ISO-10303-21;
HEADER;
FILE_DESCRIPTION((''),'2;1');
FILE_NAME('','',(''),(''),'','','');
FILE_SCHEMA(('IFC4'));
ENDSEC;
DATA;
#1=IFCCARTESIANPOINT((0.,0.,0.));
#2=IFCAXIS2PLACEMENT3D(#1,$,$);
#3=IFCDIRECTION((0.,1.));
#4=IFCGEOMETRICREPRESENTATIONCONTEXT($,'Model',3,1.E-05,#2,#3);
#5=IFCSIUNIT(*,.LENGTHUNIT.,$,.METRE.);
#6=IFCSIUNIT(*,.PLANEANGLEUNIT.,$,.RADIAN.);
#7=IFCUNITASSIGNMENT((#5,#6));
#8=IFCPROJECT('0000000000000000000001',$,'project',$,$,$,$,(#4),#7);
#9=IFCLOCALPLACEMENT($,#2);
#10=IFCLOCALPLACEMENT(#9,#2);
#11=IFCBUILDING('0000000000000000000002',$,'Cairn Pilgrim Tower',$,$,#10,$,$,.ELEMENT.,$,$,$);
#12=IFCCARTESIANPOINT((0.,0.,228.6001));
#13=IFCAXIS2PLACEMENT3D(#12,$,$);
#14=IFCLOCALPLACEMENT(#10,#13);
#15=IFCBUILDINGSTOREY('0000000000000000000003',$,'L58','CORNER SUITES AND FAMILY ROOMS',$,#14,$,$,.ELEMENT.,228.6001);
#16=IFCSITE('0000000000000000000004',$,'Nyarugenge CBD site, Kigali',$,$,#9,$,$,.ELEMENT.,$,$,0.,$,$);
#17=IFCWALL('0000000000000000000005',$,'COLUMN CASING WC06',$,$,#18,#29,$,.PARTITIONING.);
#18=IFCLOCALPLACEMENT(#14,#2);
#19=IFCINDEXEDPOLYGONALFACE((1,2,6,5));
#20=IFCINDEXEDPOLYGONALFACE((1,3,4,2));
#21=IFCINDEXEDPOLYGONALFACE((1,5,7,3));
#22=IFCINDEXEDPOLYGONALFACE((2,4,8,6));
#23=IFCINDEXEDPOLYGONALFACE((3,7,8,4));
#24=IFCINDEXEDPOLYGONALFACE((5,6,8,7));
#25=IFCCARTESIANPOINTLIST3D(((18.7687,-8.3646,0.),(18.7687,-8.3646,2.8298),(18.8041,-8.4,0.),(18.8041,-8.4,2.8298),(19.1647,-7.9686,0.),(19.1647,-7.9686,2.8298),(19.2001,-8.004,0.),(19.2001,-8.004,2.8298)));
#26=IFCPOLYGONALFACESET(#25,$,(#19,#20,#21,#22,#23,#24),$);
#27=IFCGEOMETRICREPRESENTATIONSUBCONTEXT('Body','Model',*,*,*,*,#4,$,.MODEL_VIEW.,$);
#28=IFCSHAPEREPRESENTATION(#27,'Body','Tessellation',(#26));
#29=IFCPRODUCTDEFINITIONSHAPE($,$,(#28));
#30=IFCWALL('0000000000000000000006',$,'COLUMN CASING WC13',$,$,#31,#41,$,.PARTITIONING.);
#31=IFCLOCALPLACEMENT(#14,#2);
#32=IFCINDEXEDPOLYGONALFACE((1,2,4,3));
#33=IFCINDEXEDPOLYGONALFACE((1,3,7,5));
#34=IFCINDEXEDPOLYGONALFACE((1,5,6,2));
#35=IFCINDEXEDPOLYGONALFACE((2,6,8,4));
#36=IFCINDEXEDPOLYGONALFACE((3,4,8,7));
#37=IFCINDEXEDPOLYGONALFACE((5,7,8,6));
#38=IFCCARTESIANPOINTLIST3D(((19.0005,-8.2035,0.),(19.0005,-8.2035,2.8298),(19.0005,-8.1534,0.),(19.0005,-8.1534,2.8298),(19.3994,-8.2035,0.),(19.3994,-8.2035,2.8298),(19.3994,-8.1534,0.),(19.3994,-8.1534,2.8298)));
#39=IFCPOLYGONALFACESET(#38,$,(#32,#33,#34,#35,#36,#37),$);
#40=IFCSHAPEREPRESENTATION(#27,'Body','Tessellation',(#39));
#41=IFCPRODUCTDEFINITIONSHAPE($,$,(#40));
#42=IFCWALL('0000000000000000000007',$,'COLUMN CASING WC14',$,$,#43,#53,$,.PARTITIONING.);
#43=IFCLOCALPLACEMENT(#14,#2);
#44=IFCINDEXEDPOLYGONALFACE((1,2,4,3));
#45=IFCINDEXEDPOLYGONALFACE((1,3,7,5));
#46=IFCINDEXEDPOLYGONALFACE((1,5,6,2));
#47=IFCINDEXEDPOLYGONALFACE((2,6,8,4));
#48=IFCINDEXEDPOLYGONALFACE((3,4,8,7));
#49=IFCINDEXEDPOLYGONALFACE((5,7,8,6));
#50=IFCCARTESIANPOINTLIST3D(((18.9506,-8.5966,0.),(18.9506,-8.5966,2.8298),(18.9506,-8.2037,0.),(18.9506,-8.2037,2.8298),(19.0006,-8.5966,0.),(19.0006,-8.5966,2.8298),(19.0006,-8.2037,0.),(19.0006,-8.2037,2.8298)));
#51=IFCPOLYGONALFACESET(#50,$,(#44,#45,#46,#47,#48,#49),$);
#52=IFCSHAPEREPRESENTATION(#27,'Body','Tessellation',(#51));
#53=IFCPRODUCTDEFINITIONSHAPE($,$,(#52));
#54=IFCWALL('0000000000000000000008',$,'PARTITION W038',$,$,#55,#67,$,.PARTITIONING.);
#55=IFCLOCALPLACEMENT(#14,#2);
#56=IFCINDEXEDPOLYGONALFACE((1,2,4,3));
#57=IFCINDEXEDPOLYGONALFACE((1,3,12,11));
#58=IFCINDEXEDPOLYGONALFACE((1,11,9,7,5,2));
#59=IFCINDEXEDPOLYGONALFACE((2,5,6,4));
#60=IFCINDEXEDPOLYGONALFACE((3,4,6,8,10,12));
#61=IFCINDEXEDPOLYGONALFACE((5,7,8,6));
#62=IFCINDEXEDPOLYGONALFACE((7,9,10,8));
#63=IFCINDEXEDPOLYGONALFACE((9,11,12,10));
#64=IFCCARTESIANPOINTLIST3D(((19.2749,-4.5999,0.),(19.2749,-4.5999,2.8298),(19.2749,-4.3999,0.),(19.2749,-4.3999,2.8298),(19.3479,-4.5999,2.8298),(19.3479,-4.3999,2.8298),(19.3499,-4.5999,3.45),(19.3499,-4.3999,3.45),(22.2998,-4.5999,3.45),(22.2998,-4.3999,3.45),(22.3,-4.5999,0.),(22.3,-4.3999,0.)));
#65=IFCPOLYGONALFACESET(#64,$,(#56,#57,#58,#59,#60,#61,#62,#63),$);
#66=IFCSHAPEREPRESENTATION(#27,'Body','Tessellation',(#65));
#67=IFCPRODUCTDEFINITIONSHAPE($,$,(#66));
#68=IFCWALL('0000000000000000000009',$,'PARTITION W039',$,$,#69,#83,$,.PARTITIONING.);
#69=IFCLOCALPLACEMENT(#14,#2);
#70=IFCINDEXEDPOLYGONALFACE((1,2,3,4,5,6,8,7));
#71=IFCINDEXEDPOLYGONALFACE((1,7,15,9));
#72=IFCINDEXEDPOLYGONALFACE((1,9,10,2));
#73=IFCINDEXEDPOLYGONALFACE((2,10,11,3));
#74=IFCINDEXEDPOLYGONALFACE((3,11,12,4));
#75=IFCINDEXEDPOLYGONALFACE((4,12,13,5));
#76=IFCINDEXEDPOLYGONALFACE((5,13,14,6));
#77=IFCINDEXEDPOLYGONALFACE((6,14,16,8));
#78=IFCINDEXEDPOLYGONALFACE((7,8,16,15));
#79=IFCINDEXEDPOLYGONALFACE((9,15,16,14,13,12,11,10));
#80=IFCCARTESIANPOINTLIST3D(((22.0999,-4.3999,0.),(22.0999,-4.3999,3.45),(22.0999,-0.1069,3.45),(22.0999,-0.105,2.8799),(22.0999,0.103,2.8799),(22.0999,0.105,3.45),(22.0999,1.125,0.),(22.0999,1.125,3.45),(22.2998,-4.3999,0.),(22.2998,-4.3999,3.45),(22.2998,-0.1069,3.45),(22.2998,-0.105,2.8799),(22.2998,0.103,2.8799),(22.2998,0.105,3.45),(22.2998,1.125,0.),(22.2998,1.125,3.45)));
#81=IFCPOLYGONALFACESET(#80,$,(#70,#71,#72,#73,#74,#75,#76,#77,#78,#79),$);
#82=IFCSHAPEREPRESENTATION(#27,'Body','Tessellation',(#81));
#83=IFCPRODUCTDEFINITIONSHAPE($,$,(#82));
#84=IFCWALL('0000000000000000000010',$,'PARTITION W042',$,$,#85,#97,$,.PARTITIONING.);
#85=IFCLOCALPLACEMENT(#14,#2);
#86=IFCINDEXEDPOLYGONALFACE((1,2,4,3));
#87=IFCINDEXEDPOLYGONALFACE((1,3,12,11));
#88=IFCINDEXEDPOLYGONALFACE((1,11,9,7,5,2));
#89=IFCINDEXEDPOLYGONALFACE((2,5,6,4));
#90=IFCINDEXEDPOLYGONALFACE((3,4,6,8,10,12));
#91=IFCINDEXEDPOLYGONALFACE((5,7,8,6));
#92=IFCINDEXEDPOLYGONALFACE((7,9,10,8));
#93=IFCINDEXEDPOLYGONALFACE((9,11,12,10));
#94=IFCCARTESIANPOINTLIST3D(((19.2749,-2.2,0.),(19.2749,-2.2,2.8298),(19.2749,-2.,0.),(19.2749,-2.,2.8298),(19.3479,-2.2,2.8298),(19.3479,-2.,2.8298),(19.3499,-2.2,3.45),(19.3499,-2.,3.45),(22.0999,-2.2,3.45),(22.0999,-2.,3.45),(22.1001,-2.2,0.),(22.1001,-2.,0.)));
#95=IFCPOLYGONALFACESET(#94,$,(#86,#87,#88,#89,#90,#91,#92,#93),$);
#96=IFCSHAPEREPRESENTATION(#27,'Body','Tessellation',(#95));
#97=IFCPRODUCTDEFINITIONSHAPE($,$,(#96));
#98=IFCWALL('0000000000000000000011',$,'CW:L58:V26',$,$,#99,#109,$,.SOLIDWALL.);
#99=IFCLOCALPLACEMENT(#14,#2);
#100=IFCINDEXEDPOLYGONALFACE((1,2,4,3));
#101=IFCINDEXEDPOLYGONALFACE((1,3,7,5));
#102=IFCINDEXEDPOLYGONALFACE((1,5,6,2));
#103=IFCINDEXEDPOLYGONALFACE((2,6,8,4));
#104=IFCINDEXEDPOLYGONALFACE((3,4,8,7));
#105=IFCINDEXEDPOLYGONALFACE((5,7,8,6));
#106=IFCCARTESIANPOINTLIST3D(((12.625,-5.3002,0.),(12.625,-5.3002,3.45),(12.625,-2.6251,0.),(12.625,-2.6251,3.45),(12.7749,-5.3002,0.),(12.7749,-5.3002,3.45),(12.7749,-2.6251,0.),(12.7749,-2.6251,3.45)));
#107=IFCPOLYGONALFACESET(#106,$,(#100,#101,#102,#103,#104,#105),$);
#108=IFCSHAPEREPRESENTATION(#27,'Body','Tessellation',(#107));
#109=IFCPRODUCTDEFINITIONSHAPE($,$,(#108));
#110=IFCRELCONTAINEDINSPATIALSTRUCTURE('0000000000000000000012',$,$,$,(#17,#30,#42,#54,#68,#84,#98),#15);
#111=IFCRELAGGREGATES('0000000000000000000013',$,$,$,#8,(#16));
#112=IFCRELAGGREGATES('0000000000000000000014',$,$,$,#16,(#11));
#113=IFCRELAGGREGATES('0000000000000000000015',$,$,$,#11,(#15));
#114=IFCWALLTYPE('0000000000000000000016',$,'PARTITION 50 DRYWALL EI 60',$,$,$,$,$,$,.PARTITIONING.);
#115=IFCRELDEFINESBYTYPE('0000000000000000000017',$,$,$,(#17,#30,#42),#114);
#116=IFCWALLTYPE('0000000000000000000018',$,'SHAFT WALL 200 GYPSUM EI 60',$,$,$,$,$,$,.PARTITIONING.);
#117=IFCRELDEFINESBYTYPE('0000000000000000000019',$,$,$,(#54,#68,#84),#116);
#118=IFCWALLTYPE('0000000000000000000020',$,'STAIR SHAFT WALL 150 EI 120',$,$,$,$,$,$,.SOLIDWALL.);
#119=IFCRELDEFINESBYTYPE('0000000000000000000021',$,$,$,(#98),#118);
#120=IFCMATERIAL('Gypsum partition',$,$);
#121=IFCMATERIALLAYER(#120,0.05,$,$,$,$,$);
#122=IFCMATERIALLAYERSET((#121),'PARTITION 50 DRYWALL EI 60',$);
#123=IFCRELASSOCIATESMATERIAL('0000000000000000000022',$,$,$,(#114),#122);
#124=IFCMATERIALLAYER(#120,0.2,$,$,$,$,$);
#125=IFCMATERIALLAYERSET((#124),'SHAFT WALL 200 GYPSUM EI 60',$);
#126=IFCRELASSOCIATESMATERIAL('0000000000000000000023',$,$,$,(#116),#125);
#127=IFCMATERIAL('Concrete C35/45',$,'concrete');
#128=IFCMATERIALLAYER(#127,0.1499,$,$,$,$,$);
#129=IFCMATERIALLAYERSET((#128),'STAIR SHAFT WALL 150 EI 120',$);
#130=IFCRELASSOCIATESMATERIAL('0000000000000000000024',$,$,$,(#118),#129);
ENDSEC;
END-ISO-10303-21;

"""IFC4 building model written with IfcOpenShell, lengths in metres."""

from ifc_helpers import new_model, si_unit, direction, frame, frame_2d, origin, place, context, subcontext, project, spatial, polyline, rectangle, outline, extrude, material, layer, layer_set, type_object, element, save


model = new_model("IFC4")

# Units and contexts
model_context = context("Model", 3, precision=1e-05, world=origin(), true_north=direction((0.0, 1.0)))
body_context = subcontext(model_context, "Body", "Model", "MODEL_VIEW")
ifc_project = project(units=[si_unit("LENGTHUNIT", "METRE"), si_unit("PLANEANGLEUNIT", "RADIAN")], contexts=[model_context])

# Site, building, storey
site_placement = place(None, origin())
site = spatial("IfcSite", under=ifc_project, at=site_placement, Name="Nyarugenge CBD site, Kigali", CompositionType="ELEMENT", RefElevation=0.0)
building_placement = place(site_placement, origin())
building = spatial("IfcBuilding", under=site, at=building_placement, Name="Cairn Pilgrim Tower", CompositionType="ELEMENT")
storey_placement = place(building_placement, frame((0.0, 0.0, 228.6001)))
storey = spatial("IfcBuildingStorey", under=building, at=storey_placement, Name="L58", Description="CORNER SUITES AND FAMILY ROOMS", CompositionType="ELEMENT", Elevation=228.6001)

# Shared definitions
ifc_material_1 = material(Name="Gypsum partition")

# Walls
ifc_layer_1 = layer(ifc_material_1, 0.05)
ifc_layer_set_1 = layer_set([ifc_layer_1], Name="PARTITION 50 DRYWALL EI 60")
wall_type_1 = type_object("IfcWallType", Name="PARTITION 50 DRYWALL EI 60", PredefinedType="PARTITIONING", material=ifc_layer_set_1)
wall_1_placement = place(storey_placement, frame((18.7864, -8.3823, 0.0), z_axis=(0.0, 0.0, 1.0), x_axis=(0.707107, 0.707107, 0.0)))
element("IfcWall", 1, at=wall_1_placement, inside=storey, type_object=wall_type_1, Name="COLUMN CASING WC06", PredefinedType="PARTITIONING", context=body_context, shape_type="SweptSolid", body=[
    extrude(rectangle(XDim=0.5601, YDim=0.05, at=frame_2d((0.28, 0.0))), origin(), (0.0, 0.0, 1.0), 2.8298),
])
wall_2_placement = place(storey_placement, frame((19.0005, -8.1785, 0.0), z_axis=(0.0, 0.0, 1.0), x_axis=(1.0, 0.0, 0.0)))
element("IfcWall", 2, at=wall_2_placement, inside=storey, type_object=wall_type_1, Name="COLUMN CASING WC13", PredefinedType="PARTITIONING", context=body_context, shape_type="SweptSolid", body=[
    extrude(rectangle(XDim=0.3989, YDim=0.05, at=frame_2d((0.1995, 0.0))), origin(), (0.0, 0.0, 1.0), 2.8298),
])
wall_3_placement = place(storey_placement, frame((18.9756, -8.5964, 0.0), z_axis=(0.0, 0.0, 1.0), x_axis=(0.0, 1.0, 0.0)))
element("IfcWall", 3, at=wall_3_placement, inside=storey, type_object=wall_type_1, Name="COLUMN CASING WC14", PredefinedType="PARTITIONING", context=body_context, shape_type="SweptSolid", body=[
    extrude(rectangle(XDim=0.3928, YDim=0.05, at=frame_2d((0.1963, 0.0))), origin(), (0.0, 0.0, 1.0), 2.8298),
])
ifc_layer_2 = layer(ifc_material_1, 0.2)
ifc_layer_set_2 = layer_set([ifc_layer_2], Name="SHAFT WALL 200 GYPSUM EI 60")
wall_type_2 = type_object("IfcWallType", Name="SHAFT WALL 200 GYPSUM EI 60", PredefinedType="PARTITIONING", material=ifc_layer_set_2)
wall_4_placement = place(storey_placement, frame((19.2749, -4.5, 0.0), z_axis=(0.0, 0.0, 1.0), x_axis=(1.0, 0.0, 0.0)))
element("IfcWall", 4, at=wall_4_placement, inside=storey, type_object=wall_type_2, Name="PARTITION W038", PredefinedType="PARTITIONING", context=body_context, shape_type="SweptSolid", body=[
    extrude(outline(polyline([(0.0, 0.0), (3.0251, 0.0), (3.0249, 3.45), (0.075, 3.45), (0.073, 2.8298), (0.0, 2.8298), (0.0, 0.0)])), frame((0.0, 0.1001, 0.0), z_axis=(0.0, -1.0, 0.0), x_axis=(1.0, 0.0, 0.0)), (0.0, 0.0, 1.0), 0.2),
])
wall_5_placement = place(storey_placement, frame((22.2, -4.3999, 0.0), z_axis=(0.0, 0.0, 1.0), x_axis=(0.0, 1.0, 0.0)))
element("IfcWall", 5, at=wall_5_placement, inside=storey, type_object=wall_type_2, Name="PARTITION W039", PredefinedType="PARTITIONING", context=body_context, shape_type="SweptSolid", body=[
    extrude(outline(polyline([(0.0, 0.0), (5.5249, 0.0), (5.5249, 3.45), (4.5049, 3.45), (4.5029, 2.8799), (4.2949, 2.8799), (4.293, 3.45), (0.0, 3.45), (0.0, 0.0)])), frame((0.0, 0.1001, 0.0), z_axis=(0.0, -1.0, 0.0), x_axis=(1.0, 0.0, 0.0)), (0.0, 0.0, 1.0), 0.2),
])
wall_6_placement = place(storey_placement, frame((19.2749, -2.1001, 0.0), z_axis=(0.0, 0.0, 1.0), x_axis=(1.0, 0.0, 0.0)))
element("IfcWall", 6, at=wall_6_placement, inside=storey, type_object=wall_type_2, Name="PARTITION W042", PredefinedType="PARTITIONING", context=body_context, shape_type="SweptSolid", body=[
    extrude(outline(polyline([(0.0, 0.0), (2.8252, 0.0), (2.825, 3.45), (0.075, 3.45), (0.073, 2.8298), (0.0, 2.8298), (0.0, 0.0)])), frame((0.0, 0.1001, 0.0), z_axis=(0.0, -1.0, 0.0), x_axis=(1.0, 0.0, 0.0)), (0.0, 0.0, 1.0), 0.2),
])
ifc_material_2 = material(Name="Concrete C35/45", Category="concrete")
ifc_layer_3 = layer(ifc_material_2, 0.1499)
ifc_layer_set_3 = layer_set([ifc_layer_3], Name="STAIR SHAFT WALL 150 EI 120")
wall_type_3 = type_object("IfcWallType", Name="STAIR SHAFT WALL 150 EI 120", PredefinedType="SOLIDWALL", material=ifc_layer_set_3)
wall_7_placement = place(storey_placement, frame((12.7, -5.3, 0.0), z_axis=(0.0, 0.0, 1.0), x_axis=(0.0, 1.0, 0.0)))
element("IfcWall", 7, at=wall_7_placement, inside=storey, type_object=wall_type_3, Name="CW:L58:V26", PredefinedType="SOLIDWALL", context=body_context, shape_type="SweptSolid", body=[
    extrude(rectangle(XDim=2.675, YDim=0.1499, at=frame_2d((1.3374, 0.0))), origin(), (0.0, 0.0, 1.0), 3.45),
])

save(model, "model.ifc")
